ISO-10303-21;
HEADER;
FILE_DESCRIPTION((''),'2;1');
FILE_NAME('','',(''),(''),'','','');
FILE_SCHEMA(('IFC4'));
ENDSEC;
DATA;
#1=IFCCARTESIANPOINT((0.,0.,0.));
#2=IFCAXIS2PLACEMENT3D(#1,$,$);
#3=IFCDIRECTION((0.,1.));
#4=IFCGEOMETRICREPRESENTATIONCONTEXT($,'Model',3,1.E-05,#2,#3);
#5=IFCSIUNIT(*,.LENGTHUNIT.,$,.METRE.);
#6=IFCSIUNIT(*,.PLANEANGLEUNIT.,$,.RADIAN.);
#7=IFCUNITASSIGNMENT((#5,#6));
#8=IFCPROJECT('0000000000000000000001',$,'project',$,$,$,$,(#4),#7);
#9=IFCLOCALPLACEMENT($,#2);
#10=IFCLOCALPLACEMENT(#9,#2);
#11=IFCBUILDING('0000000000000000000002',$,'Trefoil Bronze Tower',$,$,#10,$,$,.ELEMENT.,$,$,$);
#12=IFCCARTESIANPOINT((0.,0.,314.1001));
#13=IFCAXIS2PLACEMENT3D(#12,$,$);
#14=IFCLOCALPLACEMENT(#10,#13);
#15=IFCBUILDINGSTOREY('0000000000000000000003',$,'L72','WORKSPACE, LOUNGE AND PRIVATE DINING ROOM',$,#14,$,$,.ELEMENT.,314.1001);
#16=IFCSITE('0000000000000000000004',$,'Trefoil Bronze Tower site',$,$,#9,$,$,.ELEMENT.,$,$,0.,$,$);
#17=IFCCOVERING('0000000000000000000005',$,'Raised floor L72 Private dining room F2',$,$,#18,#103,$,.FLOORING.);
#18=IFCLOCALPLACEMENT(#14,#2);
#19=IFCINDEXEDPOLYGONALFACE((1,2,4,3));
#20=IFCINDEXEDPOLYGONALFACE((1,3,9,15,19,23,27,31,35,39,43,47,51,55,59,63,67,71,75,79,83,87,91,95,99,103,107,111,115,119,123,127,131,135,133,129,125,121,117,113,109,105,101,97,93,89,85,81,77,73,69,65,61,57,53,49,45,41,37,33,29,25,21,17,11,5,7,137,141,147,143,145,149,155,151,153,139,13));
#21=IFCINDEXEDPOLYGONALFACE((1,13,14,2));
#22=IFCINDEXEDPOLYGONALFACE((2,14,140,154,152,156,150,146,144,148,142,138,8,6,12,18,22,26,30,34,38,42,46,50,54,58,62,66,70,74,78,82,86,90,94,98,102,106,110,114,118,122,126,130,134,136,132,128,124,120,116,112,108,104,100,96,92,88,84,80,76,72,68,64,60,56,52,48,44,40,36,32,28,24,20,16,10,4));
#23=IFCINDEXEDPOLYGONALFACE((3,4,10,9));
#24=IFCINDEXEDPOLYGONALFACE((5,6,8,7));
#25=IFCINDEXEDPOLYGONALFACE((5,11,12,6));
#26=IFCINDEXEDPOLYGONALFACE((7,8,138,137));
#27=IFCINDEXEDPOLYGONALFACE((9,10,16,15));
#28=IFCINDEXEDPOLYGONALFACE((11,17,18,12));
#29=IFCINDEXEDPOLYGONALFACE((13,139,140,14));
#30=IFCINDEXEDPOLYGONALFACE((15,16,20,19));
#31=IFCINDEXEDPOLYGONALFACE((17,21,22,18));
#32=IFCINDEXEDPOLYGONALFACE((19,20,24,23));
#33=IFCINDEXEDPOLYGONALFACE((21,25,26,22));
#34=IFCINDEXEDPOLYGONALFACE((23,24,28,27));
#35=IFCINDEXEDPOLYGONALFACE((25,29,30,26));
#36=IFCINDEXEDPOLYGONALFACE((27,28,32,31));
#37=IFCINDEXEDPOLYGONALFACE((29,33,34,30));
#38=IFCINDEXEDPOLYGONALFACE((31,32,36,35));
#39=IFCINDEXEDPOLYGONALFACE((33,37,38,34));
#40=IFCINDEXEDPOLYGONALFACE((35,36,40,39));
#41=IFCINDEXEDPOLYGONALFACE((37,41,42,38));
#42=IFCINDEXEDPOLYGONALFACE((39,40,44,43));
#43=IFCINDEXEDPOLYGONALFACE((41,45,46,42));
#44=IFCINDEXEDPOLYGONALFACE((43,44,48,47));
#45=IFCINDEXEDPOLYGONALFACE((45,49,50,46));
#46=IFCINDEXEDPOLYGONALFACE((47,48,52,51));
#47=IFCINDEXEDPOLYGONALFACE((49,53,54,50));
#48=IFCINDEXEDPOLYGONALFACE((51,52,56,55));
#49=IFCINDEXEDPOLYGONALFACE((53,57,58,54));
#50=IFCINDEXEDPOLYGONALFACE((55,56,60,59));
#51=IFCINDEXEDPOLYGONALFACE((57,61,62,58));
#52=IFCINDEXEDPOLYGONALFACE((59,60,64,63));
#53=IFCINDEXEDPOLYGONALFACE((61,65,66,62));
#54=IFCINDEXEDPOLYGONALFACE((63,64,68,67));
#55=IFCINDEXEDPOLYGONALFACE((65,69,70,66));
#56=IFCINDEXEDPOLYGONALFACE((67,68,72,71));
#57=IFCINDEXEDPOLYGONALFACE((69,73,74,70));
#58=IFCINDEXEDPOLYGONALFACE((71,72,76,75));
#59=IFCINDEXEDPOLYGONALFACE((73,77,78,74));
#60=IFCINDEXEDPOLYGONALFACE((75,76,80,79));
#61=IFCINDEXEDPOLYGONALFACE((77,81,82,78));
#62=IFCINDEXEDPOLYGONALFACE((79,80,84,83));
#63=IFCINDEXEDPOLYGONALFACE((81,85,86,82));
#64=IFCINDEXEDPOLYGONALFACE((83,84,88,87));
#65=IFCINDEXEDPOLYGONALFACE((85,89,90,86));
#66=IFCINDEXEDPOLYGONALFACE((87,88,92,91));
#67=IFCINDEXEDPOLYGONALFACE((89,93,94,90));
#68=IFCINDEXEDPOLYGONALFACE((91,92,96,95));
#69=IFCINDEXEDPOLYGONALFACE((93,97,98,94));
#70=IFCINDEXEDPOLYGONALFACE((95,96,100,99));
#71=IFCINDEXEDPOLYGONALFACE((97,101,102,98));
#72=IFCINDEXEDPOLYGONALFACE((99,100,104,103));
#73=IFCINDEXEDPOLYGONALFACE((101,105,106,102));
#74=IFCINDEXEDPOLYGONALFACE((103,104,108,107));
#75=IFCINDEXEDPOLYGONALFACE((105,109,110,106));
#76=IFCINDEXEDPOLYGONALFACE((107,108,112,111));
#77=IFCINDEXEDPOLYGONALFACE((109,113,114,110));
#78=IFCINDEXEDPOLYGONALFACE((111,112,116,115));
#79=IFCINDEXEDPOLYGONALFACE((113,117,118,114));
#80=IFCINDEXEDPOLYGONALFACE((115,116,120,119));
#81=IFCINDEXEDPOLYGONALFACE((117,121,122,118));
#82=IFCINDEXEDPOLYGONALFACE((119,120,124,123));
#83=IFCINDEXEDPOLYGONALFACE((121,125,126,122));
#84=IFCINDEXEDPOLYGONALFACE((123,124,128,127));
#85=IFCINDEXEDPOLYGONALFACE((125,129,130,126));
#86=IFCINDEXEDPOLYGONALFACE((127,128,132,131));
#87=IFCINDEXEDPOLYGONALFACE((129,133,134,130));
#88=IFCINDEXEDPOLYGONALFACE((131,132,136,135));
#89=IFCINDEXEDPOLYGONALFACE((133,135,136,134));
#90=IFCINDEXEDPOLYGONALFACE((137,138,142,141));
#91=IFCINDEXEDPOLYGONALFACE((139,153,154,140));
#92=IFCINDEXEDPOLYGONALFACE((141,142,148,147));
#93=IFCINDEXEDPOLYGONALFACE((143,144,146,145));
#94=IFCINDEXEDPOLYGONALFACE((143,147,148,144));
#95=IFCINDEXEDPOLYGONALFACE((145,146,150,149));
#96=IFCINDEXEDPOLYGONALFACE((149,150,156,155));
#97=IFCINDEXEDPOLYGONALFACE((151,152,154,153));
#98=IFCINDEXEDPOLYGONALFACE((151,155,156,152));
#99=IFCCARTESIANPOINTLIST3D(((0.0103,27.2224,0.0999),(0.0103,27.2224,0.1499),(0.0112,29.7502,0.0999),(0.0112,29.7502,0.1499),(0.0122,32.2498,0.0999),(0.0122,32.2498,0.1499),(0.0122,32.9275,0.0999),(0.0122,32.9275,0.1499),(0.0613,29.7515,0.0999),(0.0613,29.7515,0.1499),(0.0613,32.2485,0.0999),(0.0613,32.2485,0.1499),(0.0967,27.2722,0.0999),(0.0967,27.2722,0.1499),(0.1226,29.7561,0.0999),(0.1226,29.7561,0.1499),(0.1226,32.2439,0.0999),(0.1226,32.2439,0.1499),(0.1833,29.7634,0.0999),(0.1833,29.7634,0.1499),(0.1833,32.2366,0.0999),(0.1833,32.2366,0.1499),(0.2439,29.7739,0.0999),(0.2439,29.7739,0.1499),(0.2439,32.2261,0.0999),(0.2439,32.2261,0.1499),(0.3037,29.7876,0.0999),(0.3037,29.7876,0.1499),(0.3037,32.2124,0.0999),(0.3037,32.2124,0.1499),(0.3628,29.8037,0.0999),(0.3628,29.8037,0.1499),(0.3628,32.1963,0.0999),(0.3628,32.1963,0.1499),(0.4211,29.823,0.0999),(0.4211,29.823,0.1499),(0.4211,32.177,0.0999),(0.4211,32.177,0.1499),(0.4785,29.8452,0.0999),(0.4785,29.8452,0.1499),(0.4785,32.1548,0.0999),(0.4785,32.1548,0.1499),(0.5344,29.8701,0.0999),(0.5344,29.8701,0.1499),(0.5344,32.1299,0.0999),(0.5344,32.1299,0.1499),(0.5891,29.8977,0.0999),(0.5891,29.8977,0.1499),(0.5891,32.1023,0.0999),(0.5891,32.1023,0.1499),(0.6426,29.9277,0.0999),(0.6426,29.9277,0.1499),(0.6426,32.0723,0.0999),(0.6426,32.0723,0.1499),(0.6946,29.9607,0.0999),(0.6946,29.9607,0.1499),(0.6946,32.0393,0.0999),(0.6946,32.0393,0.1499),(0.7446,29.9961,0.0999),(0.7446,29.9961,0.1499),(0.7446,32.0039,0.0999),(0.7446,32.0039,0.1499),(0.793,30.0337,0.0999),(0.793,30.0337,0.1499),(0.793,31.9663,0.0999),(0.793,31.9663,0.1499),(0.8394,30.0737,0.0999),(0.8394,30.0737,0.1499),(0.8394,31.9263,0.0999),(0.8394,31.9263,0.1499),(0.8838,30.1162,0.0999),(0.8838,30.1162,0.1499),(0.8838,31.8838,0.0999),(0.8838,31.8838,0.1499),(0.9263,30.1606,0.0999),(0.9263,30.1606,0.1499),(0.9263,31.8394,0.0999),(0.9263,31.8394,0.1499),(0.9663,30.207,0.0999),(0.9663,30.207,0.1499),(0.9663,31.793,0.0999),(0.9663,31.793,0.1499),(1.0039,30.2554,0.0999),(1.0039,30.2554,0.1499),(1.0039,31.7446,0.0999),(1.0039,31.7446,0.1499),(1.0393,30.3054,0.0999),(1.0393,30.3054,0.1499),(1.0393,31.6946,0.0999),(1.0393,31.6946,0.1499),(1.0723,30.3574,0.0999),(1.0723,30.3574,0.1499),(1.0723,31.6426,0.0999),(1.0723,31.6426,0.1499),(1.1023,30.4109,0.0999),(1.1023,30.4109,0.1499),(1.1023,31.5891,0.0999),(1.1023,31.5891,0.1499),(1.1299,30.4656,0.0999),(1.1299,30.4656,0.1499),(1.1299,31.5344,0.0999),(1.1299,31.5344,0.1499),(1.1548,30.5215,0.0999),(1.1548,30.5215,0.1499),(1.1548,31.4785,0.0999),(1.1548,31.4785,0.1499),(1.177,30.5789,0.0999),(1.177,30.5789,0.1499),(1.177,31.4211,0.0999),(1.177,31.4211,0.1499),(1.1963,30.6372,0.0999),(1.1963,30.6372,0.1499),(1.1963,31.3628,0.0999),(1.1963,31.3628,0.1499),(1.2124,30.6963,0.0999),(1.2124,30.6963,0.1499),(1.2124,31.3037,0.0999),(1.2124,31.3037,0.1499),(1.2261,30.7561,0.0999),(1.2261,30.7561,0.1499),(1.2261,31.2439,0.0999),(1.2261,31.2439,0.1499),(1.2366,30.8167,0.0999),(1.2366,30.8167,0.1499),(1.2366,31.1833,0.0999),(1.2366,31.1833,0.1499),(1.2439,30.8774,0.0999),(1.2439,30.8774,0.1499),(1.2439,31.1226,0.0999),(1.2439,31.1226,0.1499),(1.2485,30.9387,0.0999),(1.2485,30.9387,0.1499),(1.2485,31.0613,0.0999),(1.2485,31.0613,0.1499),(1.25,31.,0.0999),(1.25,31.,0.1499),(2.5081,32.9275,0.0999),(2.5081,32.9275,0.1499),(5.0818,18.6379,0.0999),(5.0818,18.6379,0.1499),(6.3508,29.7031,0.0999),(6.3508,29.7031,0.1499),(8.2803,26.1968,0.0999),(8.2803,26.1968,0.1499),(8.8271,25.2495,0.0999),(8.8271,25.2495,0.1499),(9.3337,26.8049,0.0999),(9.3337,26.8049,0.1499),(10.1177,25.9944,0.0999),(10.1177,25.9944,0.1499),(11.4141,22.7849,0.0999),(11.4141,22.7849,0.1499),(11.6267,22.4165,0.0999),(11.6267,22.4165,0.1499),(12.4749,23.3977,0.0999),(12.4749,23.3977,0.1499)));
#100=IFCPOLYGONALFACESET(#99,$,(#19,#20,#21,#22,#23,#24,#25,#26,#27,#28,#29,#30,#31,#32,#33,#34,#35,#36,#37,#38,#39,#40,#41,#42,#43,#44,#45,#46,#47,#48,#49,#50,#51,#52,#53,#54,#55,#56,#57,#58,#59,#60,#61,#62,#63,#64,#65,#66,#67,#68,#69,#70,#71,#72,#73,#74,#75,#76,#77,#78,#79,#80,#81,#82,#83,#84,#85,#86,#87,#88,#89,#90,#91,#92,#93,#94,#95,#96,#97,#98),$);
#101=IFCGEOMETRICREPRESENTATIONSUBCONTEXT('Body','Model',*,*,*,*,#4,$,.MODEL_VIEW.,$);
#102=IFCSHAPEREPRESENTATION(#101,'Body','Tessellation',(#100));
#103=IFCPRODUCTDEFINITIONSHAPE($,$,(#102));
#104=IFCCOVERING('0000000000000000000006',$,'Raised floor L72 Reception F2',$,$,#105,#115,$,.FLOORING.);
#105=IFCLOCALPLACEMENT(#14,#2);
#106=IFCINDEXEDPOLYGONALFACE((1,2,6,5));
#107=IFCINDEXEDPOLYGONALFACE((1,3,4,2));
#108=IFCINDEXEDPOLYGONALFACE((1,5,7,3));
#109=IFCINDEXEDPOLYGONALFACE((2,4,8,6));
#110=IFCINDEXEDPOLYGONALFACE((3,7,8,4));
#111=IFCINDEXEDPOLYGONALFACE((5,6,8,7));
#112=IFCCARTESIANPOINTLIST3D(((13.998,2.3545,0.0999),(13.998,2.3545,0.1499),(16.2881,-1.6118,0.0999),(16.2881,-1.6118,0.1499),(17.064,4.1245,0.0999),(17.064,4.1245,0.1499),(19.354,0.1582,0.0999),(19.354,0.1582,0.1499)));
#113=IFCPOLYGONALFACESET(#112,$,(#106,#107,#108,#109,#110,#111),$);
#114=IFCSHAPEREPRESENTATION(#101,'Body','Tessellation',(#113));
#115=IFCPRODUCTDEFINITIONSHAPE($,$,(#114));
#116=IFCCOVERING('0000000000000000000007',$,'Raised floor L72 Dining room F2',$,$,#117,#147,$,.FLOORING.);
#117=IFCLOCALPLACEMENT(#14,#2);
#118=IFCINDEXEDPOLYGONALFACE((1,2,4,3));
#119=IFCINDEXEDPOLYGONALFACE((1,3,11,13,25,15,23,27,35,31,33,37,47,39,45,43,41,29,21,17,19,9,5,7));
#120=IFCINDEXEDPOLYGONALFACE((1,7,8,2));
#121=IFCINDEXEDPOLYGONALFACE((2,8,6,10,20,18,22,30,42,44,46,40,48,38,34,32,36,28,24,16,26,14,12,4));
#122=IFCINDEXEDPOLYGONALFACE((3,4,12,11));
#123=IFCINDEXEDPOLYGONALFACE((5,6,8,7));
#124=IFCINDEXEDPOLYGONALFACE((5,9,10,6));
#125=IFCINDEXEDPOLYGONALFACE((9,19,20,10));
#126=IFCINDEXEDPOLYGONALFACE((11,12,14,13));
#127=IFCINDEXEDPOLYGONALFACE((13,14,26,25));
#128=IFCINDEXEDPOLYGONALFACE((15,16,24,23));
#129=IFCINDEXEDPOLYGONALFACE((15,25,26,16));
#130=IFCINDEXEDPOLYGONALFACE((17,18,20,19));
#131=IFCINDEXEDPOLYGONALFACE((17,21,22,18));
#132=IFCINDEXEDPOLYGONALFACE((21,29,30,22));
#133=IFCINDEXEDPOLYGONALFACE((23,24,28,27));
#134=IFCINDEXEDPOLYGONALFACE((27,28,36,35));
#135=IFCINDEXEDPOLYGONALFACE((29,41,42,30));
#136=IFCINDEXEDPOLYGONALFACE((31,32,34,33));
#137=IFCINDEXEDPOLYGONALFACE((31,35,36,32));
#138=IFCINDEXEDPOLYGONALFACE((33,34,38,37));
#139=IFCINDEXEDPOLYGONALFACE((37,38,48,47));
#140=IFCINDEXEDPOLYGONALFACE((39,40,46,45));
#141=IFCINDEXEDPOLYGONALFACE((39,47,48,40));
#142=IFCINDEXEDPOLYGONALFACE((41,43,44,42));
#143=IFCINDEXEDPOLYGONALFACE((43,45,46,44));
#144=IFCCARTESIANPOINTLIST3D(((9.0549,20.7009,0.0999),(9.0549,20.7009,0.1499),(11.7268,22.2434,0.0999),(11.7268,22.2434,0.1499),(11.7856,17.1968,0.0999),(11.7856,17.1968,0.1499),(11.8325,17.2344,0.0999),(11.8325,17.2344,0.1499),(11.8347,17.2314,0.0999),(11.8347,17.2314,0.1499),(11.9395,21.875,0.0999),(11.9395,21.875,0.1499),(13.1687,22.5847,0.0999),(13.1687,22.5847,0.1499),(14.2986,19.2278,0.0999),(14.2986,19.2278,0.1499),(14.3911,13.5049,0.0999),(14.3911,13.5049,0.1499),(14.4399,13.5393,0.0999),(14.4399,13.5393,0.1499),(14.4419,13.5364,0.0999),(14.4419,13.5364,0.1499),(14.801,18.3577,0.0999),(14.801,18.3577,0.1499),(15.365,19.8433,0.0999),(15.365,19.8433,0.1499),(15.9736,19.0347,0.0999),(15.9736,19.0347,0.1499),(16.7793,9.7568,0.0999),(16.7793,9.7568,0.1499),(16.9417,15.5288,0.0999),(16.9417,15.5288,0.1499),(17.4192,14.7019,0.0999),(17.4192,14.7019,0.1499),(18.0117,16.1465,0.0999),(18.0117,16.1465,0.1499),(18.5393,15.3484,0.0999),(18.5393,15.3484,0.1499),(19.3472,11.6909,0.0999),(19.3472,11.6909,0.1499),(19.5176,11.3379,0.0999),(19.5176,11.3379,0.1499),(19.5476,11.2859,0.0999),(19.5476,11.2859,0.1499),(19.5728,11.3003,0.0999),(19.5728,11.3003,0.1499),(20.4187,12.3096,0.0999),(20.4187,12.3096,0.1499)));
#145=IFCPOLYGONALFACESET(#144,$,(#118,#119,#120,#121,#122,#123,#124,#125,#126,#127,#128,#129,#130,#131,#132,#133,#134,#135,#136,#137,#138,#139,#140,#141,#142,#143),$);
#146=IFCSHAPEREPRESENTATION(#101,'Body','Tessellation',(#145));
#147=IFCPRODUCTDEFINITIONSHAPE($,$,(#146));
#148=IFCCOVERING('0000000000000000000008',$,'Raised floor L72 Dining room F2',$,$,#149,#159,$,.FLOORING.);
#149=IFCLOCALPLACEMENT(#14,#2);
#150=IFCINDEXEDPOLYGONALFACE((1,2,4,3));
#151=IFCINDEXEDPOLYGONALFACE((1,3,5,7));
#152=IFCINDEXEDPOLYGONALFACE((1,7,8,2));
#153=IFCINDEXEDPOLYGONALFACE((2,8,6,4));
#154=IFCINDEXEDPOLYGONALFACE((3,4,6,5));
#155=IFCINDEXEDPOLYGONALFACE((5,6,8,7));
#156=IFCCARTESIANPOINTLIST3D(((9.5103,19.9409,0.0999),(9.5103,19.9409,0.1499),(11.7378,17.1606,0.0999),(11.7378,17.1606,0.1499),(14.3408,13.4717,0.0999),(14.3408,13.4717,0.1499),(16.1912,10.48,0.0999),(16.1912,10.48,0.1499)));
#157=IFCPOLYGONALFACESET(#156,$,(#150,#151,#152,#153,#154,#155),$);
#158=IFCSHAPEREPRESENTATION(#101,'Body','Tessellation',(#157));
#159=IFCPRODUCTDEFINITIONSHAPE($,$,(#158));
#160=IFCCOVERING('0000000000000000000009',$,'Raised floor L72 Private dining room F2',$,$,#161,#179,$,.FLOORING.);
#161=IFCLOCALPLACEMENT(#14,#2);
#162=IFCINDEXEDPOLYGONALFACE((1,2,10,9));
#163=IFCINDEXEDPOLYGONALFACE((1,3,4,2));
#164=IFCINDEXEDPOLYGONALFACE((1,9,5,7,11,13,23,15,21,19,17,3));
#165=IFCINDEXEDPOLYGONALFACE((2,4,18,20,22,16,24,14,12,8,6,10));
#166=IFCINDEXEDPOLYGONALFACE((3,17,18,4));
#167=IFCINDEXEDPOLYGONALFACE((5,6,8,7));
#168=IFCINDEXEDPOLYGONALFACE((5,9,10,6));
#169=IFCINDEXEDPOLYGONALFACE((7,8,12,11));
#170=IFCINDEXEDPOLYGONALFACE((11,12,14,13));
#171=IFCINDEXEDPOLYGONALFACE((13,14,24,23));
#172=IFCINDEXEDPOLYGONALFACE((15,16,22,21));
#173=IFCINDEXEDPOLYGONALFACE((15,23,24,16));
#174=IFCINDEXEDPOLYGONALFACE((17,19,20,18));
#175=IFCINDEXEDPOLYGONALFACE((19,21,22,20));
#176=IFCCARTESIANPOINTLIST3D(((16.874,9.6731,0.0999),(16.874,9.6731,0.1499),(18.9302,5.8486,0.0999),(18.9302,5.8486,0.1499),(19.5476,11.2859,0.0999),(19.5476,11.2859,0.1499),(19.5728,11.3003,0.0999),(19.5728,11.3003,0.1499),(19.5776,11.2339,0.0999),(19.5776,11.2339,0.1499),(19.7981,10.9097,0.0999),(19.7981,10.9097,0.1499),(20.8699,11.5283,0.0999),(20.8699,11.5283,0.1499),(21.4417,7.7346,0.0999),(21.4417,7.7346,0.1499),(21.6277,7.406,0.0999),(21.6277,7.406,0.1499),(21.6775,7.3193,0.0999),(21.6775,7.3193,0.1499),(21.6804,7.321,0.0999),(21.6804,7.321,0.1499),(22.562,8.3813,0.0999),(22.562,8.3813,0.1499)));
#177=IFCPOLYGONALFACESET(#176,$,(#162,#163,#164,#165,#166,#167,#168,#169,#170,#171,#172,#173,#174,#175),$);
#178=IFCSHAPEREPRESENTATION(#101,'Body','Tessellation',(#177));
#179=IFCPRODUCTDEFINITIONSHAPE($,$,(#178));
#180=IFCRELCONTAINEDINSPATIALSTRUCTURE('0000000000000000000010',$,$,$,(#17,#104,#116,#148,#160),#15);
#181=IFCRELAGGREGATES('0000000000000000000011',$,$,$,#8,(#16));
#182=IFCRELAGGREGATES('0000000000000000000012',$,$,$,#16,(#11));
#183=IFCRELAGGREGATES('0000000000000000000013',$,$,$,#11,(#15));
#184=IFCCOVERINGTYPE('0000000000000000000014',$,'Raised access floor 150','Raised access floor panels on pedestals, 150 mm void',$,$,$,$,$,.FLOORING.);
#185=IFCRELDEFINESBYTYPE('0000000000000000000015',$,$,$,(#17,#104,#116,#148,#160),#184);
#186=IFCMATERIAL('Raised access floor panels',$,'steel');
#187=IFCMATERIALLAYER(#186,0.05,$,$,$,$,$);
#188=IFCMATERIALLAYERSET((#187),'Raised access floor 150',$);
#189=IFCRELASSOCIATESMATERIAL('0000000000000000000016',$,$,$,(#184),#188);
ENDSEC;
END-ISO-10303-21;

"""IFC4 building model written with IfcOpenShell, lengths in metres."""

from ifc_helpers import new_model, si_unit, direction, frame, origin, place, context, subcontext, project, spatial, polyline, outline, extrude, material, layer, layer_set, type_object, element, save


model = new_model("IFC4")

# Units and contexts
model_context = context("Model", 3, precision=1e-05, world=origin(), true_north=direction((0.0, 1.0)))
body_context = subcontext(model_context, "Body", "Model", "MODEL_VIEW")
ifc_project = project(units=[si_unit("LENGTHUNIT", "METRE"), si_unit("PLANEANGLEUNIT", "RADIAN")], contexts=[model_context])

# Site, building, storey
site_placement = place(None, origin())
site = spatial("IfcSite", under=ifc_project, at=site_placement, Name="Trefoil Bronze Tower site", CompositionType="ELEMENT", RefElevation=0.0)
building_placement = place(site_placement, origin())
building = spatial("IfcBuilding", under=site, at=building_placement, Name="Trefoil Bronze Tower", CompositionType="ELEMENT")
storey_placement = place(building_placement, frame((0.0, 0.0, 314.1001)))
storey = spatial("IfcBuildingStorey", under=building, at=storey_placement, Name="L72", Description="WORKSPACE, LOUNGE AND PRIVATE DINING ROOM", CompositionType="ELEMENT", Elevation=314.1001)

# Coverings
ifc_material_1 = material(Name="Raised access floor panels", Category="steel")
ifc_layer_1 = layer(ifc_material_1, 0.05)
ifc_layer_set_1 = layer_set([ifc_layer_1], Name="Raised access floor 150")
covering_type_1 = type_object("IfcCoveringType", Name="Raised access floor 150", Description="Raised access floor panels on pedestals, 150 mm void", PredefinedType="FLOORING", material=ifc_layer_set_1)
covering_1_placement = place(storey_placement, frame((0.0, 0.0, 0.0999)))
element("IfcCovering", 1, at=covering_1_placement, inside=storey, type_object=covering_type_1, Name="Raised floor L72 Private dining room F2", PredefinedType="FLOORING", context=body_context, shape_type="SweptSolid", body=[
    extrude(outline(polyline([(2.5081, 32.9275), (6.3508, 29.7031), (9.3337, 26.8049), (8.2803, 26.1968), (8.8271, 25.2495), (10.1177, 25.9944), (12.4749, 23.3977), (11.4141, 22.7849), (11.6267, 22.4165), (5.0818, 18.6379), (0.0967, 27.2722), (0.0103, 27.2224), (0.0112, 29.7502), (0.0613, 29.7515), (0.1226, 29.7561), (0.1833, 29.7634), (0.2439, 29.7739), (0.3037, 29.7876), (0.3628, 29.8037), (0.4211, 29.823), (0.4785, 29.8452), (0.5344, 29.8701), (0.5891, 29.8977), (0.6426, 29.9277), (0.6946, 29.9607), (0.7446, 29.9961), (0.793, 30.0337), (0.8394, 30.0737), (0.8838, 30.1162), (0.9263, 30.1606), (0.9663, 30.207), (1.0039, 30.2554), (1.0393, 30.3054), (1.0723, 30.3574), (1.1023, 30.4109), (1.1299, 30.4656), (1.1548, 30.5215), (1.177, 30.5789), (1.1963, 30.6372), (1.2124, 30.6963), (1.2261, 30.7561), (1.2366, 30.8167), (1.2439, 30.8774), (1.2485, 30.9387), (1.25, 31.0), (1.2485, 31.0613), (1.2439, 31.1226), (1.2366, 31.1833), (1.2261, 31.2439), (1.2124, 31.3037), (1.1963, 31.3628), (1.177, 31.4211), (1.1548, 31.4785), (1.1299, 31.5344), (1.1023, 31.5891), (1.0723, 31.6426), (1.0393, 31.6946), (1.0039, 31.7446), (0.9663, 31.793), (0.9263, 31.8394), (0.8838, 31.8838), (0.8394, 31.9263), (0.793, 31.9663), (0.7446, 32.0039), (0.6946, 32.0393), (0.6426, 32.0723), (0.5891, 32.1023), (0.5344, 32.1299), (0.4785, 32.1548), (0.4211, 32.177), (0.3628, 32.1963), (0.3037, 32.2124), (0.2439, 32.2261), (0.1833, 32.2366), (0.1226, 32.2439), (0.0613, 32.2485), (0.0122, 32.2498), (0.0122, 32.9275), (2.5081, 32.9275)])), origin(), (0.0, 0.0, 1.0), 0.05),
])
covering_2_placement = place(storey_placement, frame((0.0, 0.0, 0.0999)))
element("IfcCovering", 2, at=covering_2_placement, inside=storey, type_object=covering_type_1, Name="Raised floor L72 Reception F2", PredefinedType="FLOORING", context=body_context, shape_type="SweptSolid", body=[
    extrude(outline(polyline([(13.998, 2.3545), (17.064, 4.1245), (19.354, 0.1582), (16.2881, -1.6118), (13.998, 2.3545)])), origin(), (0.0, 0.0, 1.0), 0.05),
])
covering_3_placement = place(storey_placement, frame((0.0, 0.0, 0.0999)))
element("IfcCovering", 3, at=covering_3_placement, inside=storey, type_object=covering_type_1, Name="Raised floor L72 Dining room F2", PredefinedType="FLOORING", context=body_context, shape_type="SweptSolid", body=[
    extrude(outline(polyline([(18.0117, 16.1465), (16.9417, 15.5288), (17.4192, 14.7019), (18.5393, 15.3484), (20.4187, 12.3096), (19.3472, 11.6909), (19.5728, 11.3003), (19.5476, 11.2859), (19.5176, 11.3379), (16.7793, 9.7568), (14.4419, 13.5364), (14.3911, 13.5049), (14.4399, 13.5393), (11.8347, 17.2314), (11.7856, 17.1968), (11.8325, 17.2344), (9.0549, 20.7009), (11.7268, 22.2434), (11.9395, 21.875), (13.1687, 22.5847), (15.365, 19.8433), (14.2986, 19.2278), (14.801, 18.3577), (15.9736, 19.0347), (18.0117, 16.1465)])), origin(), (0.0, 0.0, 1.0), 0.05),
])
covering_4_placement = place(storey_placement, frame((0.0, 0.0, 0.0999)))
element("IfcCovering", 4, at=covering_4_placement, inside=storey, type_object=covering_type_1, Name="Raised floor L72 Dining room F2", PredefinedType="FLOORING", context=body_context, shape_type="SweptSolid", body=[
    extrude(outline(polyline([(9.5103, 19.9409), (11.7378, 17.1606), (14.3408, 13.4717), (16.1912, 10.48), (9.5103, 19.9409)])), origin(), (0.0, 0.0, 1.0), 0.05),
])
covering_5_placement = place(storey_placement, frame((0.0, 0.0, 0.0999)))
element("IfcCovering", 5, at=covering_5_placement, inside=storey, type_object=covering_type_1, Name="Raised floor L72 Private dining room F2", PredefinedType="FLOORING", context=body_context, shape_type="SweptSolid", body=[
    extrude(outline(polyline([(22.562, 8.3813), (21.4417, 7.7346), (21.6804, 7.321), (21.6775, 7.3193), (21.6277, 7.406), (18.9302, 5.8486), (16.874, 9.6731), (19.5776, 11.2339), (19.5476, 11.2859), (19.5728, 11.3003), (19.7981, 10.9097), (20.8699, 11.5283), (22.562, 8.3813)])), origin(), (0.0, 0.0, 1.0), 0.05),
])

save(model, "model.ifc")
